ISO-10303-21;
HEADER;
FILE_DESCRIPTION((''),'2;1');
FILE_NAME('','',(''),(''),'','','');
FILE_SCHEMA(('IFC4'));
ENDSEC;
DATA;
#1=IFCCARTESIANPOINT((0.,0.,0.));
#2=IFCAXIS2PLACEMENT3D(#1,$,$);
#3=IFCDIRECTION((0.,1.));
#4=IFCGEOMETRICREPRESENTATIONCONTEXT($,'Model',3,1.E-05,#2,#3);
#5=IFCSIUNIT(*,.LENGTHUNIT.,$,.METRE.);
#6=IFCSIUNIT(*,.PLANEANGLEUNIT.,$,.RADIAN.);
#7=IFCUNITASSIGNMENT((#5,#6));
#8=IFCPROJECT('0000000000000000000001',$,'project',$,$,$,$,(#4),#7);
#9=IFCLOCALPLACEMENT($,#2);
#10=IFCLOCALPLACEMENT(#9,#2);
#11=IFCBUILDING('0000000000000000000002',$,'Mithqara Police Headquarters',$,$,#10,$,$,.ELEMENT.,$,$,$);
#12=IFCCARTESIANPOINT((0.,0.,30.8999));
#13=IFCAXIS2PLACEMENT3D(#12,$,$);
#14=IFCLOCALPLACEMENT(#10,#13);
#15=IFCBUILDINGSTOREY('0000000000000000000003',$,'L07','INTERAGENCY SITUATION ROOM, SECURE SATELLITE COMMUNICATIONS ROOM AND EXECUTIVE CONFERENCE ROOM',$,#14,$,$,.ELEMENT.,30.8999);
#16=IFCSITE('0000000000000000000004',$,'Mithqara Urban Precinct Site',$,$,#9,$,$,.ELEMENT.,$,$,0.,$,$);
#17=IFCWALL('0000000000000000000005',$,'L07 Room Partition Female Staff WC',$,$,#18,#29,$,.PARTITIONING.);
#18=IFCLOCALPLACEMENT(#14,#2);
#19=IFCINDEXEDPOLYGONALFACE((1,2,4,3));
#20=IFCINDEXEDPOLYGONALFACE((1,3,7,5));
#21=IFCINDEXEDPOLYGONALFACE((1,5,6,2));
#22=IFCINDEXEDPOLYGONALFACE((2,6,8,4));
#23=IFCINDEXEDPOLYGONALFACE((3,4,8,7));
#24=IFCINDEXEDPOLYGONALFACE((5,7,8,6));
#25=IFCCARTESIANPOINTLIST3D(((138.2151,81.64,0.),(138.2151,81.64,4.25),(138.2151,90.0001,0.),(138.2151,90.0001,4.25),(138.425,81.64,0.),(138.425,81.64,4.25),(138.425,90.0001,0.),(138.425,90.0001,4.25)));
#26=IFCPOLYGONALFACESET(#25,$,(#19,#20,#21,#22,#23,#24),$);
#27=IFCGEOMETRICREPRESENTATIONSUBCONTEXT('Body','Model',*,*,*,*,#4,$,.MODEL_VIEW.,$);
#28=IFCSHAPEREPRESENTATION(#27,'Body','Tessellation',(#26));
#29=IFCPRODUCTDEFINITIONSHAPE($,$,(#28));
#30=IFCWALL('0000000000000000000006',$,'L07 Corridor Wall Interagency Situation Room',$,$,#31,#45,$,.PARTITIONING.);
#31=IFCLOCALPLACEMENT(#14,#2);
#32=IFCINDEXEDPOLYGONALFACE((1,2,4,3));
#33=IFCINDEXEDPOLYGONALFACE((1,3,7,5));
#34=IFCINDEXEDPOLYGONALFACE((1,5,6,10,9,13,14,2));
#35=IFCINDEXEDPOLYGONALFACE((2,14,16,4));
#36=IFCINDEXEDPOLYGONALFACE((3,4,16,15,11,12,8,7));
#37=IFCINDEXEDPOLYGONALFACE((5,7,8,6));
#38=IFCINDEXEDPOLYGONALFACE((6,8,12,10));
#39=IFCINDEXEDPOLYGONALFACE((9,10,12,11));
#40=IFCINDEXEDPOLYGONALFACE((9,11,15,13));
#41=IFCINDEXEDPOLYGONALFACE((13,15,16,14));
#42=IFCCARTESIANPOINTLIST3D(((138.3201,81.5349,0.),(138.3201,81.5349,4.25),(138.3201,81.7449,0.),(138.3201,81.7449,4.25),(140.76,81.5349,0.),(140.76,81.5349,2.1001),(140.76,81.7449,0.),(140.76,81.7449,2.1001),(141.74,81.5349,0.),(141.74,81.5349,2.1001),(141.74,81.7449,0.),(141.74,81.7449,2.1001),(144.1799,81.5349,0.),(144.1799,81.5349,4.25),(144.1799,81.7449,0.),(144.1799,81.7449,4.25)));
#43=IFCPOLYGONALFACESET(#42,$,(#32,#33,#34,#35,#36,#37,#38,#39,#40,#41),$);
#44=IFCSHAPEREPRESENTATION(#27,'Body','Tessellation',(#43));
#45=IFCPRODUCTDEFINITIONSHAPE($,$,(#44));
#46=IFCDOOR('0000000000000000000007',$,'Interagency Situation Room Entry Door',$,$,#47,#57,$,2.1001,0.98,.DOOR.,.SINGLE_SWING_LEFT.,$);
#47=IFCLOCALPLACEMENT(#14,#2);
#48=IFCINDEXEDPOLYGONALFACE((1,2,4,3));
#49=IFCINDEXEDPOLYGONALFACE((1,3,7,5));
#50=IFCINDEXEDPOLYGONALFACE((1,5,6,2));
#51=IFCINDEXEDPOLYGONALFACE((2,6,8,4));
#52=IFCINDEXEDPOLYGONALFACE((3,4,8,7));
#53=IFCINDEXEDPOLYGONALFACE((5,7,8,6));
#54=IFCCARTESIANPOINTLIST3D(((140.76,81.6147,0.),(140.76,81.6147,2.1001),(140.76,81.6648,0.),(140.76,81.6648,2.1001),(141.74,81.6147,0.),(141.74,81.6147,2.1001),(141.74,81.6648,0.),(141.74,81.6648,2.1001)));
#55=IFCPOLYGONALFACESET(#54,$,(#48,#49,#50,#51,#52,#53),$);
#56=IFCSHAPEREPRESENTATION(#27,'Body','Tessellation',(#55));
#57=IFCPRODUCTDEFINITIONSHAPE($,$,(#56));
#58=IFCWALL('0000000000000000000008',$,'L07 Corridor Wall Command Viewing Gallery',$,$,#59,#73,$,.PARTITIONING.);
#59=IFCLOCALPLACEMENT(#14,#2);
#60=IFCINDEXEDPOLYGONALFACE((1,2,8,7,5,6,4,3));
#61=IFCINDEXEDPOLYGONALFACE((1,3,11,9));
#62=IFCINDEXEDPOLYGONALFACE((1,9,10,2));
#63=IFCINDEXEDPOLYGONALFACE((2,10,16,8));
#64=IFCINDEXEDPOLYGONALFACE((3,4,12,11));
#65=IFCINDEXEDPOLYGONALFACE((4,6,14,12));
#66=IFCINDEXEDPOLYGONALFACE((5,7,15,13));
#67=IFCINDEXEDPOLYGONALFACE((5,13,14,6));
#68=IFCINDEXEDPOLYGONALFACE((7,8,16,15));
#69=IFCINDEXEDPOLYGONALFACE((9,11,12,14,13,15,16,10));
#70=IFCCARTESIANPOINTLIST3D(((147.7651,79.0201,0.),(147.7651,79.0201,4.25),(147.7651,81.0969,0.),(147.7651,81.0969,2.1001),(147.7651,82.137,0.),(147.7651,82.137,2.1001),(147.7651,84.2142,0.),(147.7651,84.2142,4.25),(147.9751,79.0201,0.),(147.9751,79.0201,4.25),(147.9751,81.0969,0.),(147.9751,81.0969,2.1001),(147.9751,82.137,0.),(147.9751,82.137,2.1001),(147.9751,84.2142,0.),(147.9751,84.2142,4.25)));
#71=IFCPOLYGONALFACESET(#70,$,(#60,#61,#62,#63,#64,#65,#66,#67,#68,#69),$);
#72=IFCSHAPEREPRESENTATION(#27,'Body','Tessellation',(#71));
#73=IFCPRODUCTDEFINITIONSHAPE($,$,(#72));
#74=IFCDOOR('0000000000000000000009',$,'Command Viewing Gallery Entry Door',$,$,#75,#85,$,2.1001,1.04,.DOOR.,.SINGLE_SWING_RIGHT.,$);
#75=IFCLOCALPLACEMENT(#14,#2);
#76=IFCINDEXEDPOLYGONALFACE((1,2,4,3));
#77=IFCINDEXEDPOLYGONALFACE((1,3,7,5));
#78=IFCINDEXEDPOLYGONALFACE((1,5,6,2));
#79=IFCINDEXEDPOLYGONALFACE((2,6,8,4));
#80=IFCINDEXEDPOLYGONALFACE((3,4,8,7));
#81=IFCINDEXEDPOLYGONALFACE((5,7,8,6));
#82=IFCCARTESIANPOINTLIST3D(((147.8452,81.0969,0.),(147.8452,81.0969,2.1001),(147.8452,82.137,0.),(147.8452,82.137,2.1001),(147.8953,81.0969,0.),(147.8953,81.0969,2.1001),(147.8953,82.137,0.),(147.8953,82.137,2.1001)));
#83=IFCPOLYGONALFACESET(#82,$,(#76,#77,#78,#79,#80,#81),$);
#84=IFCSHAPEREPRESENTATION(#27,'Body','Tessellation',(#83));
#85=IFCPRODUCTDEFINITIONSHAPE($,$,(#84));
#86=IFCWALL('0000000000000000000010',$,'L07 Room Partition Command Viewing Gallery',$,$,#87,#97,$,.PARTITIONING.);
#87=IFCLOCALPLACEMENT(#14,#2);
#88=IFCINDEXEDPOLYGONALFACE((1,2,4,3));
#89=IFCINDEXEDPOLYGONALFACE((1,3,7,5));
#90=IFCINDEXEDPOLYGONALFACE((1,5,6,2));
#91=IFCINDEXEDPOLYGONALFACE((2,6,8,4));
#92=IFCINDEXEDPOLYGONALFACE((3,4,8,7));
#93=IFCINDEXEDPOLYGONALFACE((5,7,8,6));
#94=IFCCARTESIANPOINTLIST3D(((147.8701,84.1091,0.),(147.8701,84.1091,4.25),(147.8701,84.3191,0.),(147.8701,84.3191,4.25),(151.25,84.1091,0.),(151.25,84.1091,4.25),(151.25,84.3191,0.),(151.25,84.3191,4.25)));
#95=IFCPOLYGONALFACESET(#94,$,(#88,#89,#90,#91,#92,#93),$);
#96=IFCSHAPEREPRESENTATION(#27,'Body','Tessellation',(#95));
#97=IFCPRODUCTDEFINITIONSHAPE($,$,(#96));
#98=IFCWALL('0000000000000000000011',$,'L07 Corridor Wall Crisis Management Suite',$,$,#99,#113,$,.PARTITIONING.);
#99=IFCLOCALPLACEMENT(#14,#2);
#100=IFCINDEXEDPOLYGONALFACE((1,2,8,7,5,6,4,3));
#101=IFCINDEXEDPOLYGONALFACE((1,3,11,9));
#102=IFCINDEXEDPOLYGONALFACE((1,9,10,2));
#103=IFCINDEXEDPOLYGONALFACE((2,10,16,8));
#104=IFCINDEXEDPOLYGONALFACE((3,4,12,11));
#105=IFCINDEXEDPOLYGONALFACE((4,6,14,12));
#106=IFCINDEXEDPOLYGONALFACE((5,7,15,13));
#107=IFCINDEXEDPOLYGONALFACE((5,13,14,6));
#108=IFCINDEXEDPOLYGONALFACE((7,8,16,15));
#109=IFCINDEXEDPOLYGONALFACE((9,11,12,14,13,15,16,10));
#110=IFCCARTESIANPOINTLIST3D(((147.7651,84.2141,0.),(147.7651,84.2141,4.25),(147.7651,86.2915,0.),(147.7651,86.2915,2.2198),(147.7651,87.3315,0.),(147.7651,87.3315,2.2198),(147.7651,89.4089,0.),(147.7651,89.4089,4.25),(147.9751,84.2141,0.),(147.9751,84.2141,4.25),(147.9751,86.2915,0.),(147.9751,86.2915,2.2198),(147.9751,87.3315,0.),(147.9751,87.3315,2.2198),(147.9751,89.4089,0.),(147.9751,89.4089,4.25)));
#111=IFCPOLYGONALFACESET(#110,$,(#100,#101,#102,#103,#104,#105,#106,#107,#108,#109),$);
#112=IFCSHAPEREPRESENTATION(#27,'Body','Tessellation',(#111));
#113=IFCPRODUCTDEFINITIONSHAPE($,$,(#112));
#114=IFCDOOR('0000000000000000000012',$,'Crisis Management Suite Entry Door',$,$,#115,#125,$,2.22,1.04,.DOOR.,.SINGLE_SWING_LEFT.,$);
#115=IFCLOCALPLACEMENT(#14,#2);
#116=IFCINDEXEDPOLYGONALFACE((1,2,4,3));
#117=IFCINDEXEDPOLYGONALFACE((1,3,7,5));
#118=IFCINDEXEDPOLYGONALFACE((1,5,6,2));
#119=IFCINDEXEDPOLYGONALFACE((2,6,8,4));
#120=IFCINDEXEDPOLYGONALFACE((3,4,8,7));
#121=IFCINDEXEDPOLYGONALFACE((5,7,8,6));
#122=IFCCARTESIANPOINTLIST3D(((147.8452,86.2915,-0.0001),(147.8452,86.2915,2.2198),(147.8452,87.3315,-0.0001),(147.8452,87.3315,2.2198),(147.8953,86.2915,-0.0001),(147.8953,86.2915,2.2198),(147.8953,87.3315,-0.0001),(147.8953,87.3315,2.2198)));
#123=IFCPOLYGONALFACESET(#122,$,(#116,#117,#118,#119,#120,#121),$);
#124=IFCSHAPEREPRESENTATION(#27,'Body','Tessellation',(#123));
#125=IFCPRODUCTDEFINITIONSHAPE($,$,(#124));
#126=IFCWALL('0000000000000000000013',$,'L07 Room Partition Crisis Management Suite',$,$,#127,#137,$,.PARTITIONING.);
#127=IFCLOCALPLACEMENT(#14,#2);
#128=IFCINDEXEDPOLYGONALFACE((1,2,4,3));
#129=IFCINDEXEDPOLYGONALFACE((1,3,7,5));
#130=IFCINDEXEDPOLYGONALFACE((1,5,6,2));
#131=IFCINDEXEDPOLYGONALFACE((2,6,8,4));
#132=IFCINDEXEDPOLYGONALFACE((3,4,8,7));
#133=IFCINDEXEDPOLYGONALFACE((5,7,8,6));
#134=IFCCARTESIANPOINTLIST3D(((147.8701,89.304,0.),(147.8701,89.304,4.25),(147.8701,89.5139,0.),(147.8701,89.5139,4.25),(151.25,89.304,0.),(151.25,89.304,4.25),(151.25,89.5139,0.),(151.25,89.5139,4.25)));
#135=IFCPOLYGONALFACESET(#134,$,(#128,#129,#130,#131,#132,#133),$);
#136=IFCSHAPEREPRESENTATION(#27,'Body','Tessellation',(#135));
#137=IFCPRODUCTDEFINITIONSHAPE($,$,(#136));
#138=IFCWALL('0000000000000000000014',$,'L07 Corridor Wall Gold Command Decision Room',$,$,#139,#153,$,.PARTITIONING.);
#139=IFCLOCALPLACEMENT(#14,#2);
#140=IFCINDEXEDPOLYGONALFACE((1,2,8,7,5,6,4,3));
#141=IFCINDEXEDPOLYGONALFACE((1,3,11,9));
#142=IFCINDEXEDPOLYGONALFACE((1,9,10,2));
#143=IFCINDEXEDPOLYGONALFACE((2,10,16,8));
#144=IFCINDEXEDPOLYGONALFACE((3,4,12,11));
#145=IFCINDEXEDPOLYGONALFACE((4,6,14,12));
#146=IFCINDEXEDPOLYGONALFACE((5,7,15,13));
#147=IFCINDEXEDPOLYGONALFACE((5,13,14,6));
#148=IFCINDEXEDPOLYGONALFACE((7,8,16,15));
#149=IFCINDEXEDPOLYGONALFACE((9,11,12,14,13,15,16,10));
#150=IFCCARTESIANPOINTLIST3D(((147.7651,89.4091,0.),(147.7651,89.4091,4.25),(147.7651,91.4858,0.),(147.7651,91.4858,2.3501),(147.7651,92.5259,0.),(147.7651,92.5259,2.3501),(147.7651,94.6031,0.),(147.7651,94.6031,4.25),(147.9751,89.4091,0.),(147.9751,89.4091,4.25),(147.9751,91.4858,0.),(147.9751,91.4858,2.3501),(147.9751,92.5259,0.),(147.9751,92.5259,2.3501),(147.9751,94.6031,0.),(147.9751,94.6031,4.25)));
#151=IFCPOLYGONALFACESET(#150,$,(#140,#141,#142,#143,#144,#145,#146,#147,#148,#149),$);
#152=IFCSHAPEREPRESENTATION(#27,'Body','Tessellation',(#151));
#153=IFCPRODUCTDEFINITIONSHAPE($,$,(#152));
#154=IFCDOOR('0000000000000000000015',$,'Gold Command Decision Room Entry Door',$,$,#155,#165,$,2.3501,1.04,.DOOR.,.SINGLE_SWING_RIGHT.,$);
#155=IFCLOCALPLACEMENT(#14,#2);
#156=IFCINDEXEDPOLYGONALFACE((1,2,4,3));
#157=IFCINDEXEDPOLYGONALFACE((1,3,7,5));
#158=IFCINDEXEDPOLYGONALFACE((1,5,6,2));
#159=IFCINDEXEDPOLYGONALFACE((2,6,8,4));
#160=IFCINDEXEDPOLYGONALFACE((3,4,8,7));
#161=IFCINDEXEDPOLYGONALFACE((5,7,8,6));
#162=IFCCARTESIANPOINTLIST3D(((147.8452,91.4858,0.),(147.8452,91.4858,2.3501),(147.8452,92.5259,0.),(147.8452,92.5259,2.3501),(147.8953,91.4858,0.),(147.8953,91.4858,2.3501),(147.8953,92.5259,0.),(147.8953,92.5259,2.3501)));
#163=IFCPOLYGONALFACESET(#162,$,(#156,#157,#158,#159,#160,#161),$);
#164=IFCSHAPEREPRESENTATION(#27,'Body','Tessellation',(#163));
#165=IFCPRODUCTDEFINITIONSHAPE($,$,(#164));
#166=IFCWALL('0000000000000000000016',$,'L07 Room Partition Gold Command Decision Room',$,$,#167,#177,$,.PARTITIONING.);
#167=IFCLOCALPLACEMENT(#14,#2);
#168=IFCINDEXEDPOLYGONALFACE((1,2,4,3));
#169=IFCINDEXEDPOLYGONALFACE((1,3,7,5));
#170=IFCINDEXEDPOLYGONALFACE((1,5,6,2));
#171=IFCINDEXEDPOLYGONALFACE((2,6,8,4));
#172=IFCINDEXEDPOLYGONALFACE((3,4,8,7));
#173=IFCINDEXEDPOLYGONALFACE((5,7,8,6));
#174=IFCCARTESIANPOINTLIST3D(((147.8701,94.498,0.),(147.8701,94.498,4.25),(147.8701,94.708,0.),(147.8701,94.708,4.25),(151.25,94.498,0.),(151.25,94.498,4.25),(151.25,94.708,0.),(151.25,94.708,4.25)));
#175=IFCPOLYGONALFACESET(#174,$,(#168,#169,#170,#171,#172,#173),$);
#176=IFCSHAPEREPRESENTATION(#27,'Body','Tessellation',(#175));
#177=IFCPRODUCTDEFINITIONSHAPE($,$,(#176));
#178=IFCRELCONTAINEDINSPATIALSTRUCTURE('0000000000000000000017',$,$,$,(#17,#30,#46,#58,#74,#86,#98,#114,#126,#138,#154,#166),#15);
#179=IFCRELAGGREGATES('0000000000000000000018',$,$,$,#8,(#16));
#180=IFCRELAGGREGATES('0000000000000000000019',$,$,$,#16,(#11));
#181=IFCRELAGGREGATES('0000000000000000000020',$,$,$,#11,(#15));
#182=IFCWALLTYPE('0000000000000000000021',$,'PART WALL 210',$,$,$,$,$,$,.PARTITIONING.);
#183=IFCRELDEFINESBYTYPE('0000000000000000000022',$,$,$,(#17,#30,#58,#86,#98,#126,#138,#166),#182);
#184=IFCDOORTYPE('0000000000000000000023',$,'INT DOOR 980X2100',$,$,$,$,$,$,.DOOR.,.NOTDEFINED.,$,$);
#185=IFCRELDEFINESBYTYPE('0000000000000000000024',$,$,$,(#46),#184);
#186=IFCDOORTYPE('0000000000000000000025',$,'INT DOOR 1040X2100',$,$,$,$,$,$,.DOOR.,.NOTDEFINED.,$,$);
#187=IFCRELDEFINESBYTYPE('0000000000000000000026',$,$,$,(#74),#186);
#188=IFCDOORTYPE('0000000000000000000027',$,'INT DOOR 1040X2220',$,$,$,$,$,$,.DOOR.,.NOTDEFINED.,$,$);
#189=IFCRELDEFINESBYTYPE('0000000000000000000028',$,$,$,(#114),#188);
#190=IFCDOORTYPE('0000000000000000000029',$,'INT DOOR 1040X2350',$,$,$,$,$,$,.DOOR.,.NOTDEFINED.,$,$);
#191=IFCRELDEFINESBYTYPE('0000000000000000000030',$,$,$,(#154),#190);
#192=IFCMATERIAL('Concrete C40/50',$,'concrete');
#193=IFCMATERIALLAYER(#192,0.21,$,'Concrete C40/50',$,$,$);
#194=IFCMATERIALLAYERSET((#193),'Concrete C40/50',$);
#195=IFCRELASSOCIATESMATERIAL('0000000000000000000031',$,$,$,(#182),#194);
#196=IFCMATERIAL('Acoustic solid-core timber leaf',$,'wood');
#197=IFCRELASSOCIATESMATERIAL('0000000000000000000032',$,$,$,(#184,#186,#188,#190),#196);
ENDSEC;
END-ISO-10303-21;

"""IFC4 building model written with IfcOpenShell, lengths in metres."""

from ifc_helpers import new_model, si_unit, direction, frame, frame_2d, origin, place, context, subcontext, project, spatial, rectangle, extrude, material, layer, layer_set, type_object, element, fill, save


model = new_model("IFC4")

# Units and contexts
model_context = context("Model", 3, precision=1e-05, world=origin(), true_north=direction((0.0, 1.0)))
body_context = subcontext(model_context, "Body", "Model", "MODEL_VIEW")
ifc_project = project(units=[si_unit("LENGTHUNIT", "METRE"), si_unit("PLANEANGLEUNIT", "RADIAN")], contexts=[model_context])

# Site, building, storey
site_placement = place(None, origin())
site = spatial("IfcSite", under=ifc_project, at=site_placement, Name="Mithqara Urban Precinct Site", CompositionType="ELEMENT", RefElevation=0.0)
building_placement = place(site_placement, origin())
building = spatial("IfcBuilding", under=site, at=building_placement, Name="Mithqara Police Headquarters", CompositionType="ELEMENT")
storey_placement = place(building_placement, frame((0.0, 0.0, 30.8999)))
storey = spatial("IfcBuildingStorey", under=building, at=storey_placement, Name="L07", Description="INTERAGENCY SITUATION ROOM, SECURE SATELLITE COMMUNICATIONS ROOM AND EXECUTIVE CONFERENCE ROOM", CompositionType="ELEMENT", Elevation=30.8999)

# Wall
ifc_material_1 = material(Name="Concrete C40/50", Category="concrete")
ifc_layer_1 = layer(ifc_material_1, 0.21, Name="Concrete C40/50")
ifc_layer_set_1 = layer_set([ifc_layer_1], Name="Concrete C40/50")
wall_type_1 = type_object("IfcWallType", Name="PART WALL 210", PredefinedType="PARTITIONING", material=ifc_layer_set_1)
wall_1_placement = place(storey_placement, frame((138.3201, 81.6399, 0.0), z_axis=(0.0, 0.0, 1.0), x_axis=(0.0, 1.0, 0.0)))
element("IfcWall", 1, at=wall_1_placement, inside=storey, type_object=wall_type_1, Name="L07 Room Partition Female Staff WC", PredefinedType="PARTITIONING", context=body_context, shape_type="SweptSolid", body=[
    extrude(rectangle(XDim=8.3601, YDim=0.21, at=frame_2d((4.1802, 0.0))), origin(), (0.0, 0.0, 1.0), 4.25),
])

# Walls, openings, doors
wall_2_placement = place(storey_placement, frame((138.3201, 81.6399, 0.0), z_axis=(0.0, 0.0, 1.0), x_axis=(1.0, 0.0, 0.0)))
wall_2 = element("IfcWall", 2, at=wall_2_placement, inside=storey, type_object=wall_type_1, Name="L07 Corridor Wall Interagency Situation Room", PredefinedType="PARTITIONING", context=body_context, shape_type="SweptSolid", body=[
    extrude(rectangle(XDim=5.8599, YDim=0.21, at=frame_2d((2.9299, 0.0))), origin(), (0.0, 0.0, 1.0), 4.25),
])
opening_1_placement = place(wall_2_placement, frame((2.4399, 0.0, 0.0)))
opening_1 = element("IfcOpeningElement", 3, at=opening_1_placement, cuts=wall_2, PredefinedType="OPENING", context=body_context, shape_type="SweptSolid", body=[
    extrude(rectangle(XDim=0.98, YDim=2.1001, at=frame_2d((0.49, 1.05))), frame((0.0, 0.115, 0.0), z_axis=(0.0, -1.0, 0.0), x_axis=(1.0, 0.0, 0.0)), (0.0, 0.0, 1.0), 0.23),
])
ifc_material_2 = material(Name="Acoustic solid-core timber leaf", Category="wood")
door_type_1 = type_object("IfcDoorType", Name="INT DOOR 980X2100", OperationType="NOTDEFINED", PredefinedType="DOOR", material=ifc_material_2)
door_1_placement = place(opening_1_placement, origin())
door_1 = element("IfcDoor", 4, at=door_1_placement, inside=storey, type_object=door_type_1, Name="Interagency Situation Room Entry Door", OperationType="SINGLE_SWING_LEFT", OverallHeight=2.1001, OverallWidth=0.98, PredefinedType="DOOR", context=body_context, shape_type="SweptSolid", body=[
    extrude(rectangle(XDim=0.98, YDim=2.1001, at=frame_2d((0.49, 1.05))), frame((0.0, 0.0249, 0.0), z_axis=(0.0, -1.0, 0.0), x_axis=(1.0, 0.0, 0.0)), (0.0, 0.0, 1.0), 0.05),
])
fill(opening_1, door_1)
wall_3_placement = place(storey_placement, frame((147.8701, 79.02, 0.0), z_axis=(0.0, 0.0, 1.0), x_axis=(0.0, 1.0, 0.0)))
wall_3 = element("IfcWall", 5, at=wall_3_placement, inside=storey, type_object=wall_type_1, Name="L07 Corridor Wall Command Viewing Gallery", PredefinedType="PARTITIONING", context=body_context, shape_type="SweptSolid", body=[
    extrude(rectangle(XDim=5.1941, YDim=0.21, at=frame_2d((2.5972, 0.0))), origin(), (0.0, 0.0, 1.0), 4.25),
])
opening_2_placement = place(wall_3_placement, frame((2.0769, 0.0, 0.0)))
opening_2 = element("IfcOpeningElement", 6, at=opening_2_placement, cuts=wall_3, PredefinedType="OPENING", context=body_context, shape_type="SweptSolid", body=[
    extrude(rectangle(XDim=1.04, YDim=2.1001, at=frame_2d((0.52, 1.05))), frame((0.0, 0.115, 0.0), z_axis=(0.0, -1.0, 0.0), x_axis=(1.0, 0.0, 0.0)), (0.0, 0.0, 1.0), 0.23),
])
door_type_2 = type_object("IfcDoorType", Name="INT DOOR 1040X2100", OperationType="NOTDEFINED", PredefinedType="DOOR", material=ifc_material_2)
door_2_placement = place(opening_2_placement, origin())
door_2 = element("IfcDoor", 7, at=door_2_placement, inside=storey, type_object=door_type_2, Name="Command Viewing Gallery Entry Door", OperationType="SINGLE_SWING_RIGHT", OverallHeight=2.1001, OverallWidth=1.04, PredefinedType="DOOR", context=body_context, shape_type="SweptSolid", body=[
    extrude(rectangle(XDim=1.04, YDim=2.1001, at=frame_2d((0.52, 1.05))), frame((0.0, 0.0249, 0.0), z_axis=(0.0, -1.0, 0.0), x_axis=(1.0, 0.0, 0.0)), (0.0, 0.0, 1.0), 0.05),
])
fill(opening_2, door_2)

# Wall
wall_4_placement = place(storey_placement, frame((147.8701, 84.2141, 0.0), z_axis=(0.0, 0.0, 1.0), x_axis=(1.0, 0.0, 0.0)))
element("IfcWall", 8, at=wall_4_placement, inside=storey, type_object=wall_type_1, Name="L07 Room Partition Command Viewing Gallery", PredefinedType="PARTITIONING", context=body_context, shape_type="SweptSolid", body=[
    extrude(rectangle(XDim=3.3799, YDim=0.21, at=frame_2d((1.6899, 0.0))), origin(), (0.0, 0.0, 1.0), 4.25),
])

# Wall, opening, door
wall_5_placement = place(storey_placement, frame((147.8701, 84.2141, 0.0), z_axis=(0.0, 0.0, 1.0), x_axis=(0.0, 1.0, 0.0)))
wall_5 = element("IfcWall", 9, at=wall_5_placement, inside=storey, type_object=wall_type_1, Name="L07 Corridor Wall Crisis Management Suite", PredefinedType="PARTITIONING", context=body_context, shape_type="SweptSolid", body=[
    extrude(rectangle(XDim=5.1948, YDim=0.21, at=frame_2d((2.5974, 0.0))), origin(), (0.0, 0.0, 1.0), 4.25),
])
opening_3_placement = place(wall_5_placement, frame((2.0774, 0.0, 0.0)))
opening_3 = element("IfcOpeningElement", 10, at=opening_3_placement, cuts=wall_5, PredefinedType="OPENING", context=body_context, shape_type="SweptSolid", body=[
    extrude(rectangle(XDim=1.04, YDim=2.22, at=frame_2d((0.52, 1.1099))), frame((0.0, 0.115, 0.0), z_axis=(0.0, -1.0, 0.0), x_axis=(1.0, 0.0, 0.0)), (0.0, 0.0, 1.0), 0.23),
])
door_type_3 = type_object("IfcDoorType", Name="INT DOOR 1040X2220", OperationType="NOTDEFINED", PredefinedType="DOOR", material=ifc_material_2)
door_3_placement = place(opening_3_placement, origin())
door_3 = element("IfcDoor", 11, at=door_3_placement, inside=storey, type_object=door_type_3, Name="Crisis Management Suite Entry Door", OperationType="SINGLE_SWING_LEFT", OverallHeight=2.22, OverallWidth=1.04, PredefinedType="DOOR", context=body_context, shape_type="SweptSolid", body=[
    extrude(rectangle(XDim=1.04, YDim=2.22, at=frame_2d((0.52, 1.1099))), frame((0.0, 0.0249, 0.0), z_axis=(0.0, -1.0, 0.0), x_axis=(1.0, 0.0, 0.0)), (0.0, 0.0, 1.0), 0.05),
])
fill(opening_3, door_3)

# Wall
wall_6_placement = place(storey_placement, frame((147.8701, 89.4089, 0.0), z_axis=(0.0, 0.0, 1.0), x_axis=(1.0, 0.0, 0.0)))
element("IfcWall", 12, at=wall_6_placement, inside=storey, type_object=wall_type_1, Name="L07 Room Partition Crisis Management Suite", PredefinedType="PARTITIONING", context=body_context, shape_type="SweptSolid", body=[
    extrude(rectangle(XDim=3.3799, YDim=0.21, at=frame_2d((1.6899, 0.0))), origin(), (0.0, 0.0, 1.0), 4.25),
])

# Wall, opening, door
wall_7_placement = place(storey_placement, frame((147.8701, 89.4089, 0.0), z_axis=(0.0, 0.0, 1.0), x_axis=(0.0, 1.0, 0.0)))
wall_7 = element("IfcWall", 13, at=wall_7_placement, inside=storey, type_object=wall_type_1, Name="L07 Corridor Wall Gold Command Decision Room", PredefinedType="PARTITIONING", context=body_context, shape_type="SweptSolid", body=[
    extrude(rectangle(XDim=5.1941, YDim=0.21, at=frame_2d((2.5972, 0.0))), origin(), (0.0, 0.0, 1.0), 4.25),
])
opening_4_placement = place(wall_7_placement, frame((2.0769, 0.0, 0.0)))
opening_4 = element("IfcOpeningElement", 14, at=opening_4_placement, cuts=wall_7, PredefinedType="OPENING", context=body_context, shape_type="SweptSolid", body=[
    extrude(rectangle(XDim=1.04, YDim=2.3501, at=frame_2d((0.52, 1.175))), frame((0.0, 0.115, 0.0), z_axis=(0.0, -1.0, 0.0), x_axis=(1.0, 0.0, 0.0)), (0.0, 0.0, 1.0), 0.23),
])
door_type_4 = type_object("IfcDoorType", Name="INT DOOR 1040X2350", OperationType="NOTDEFINED", PredefinedType="DOOR", material=ifc_material_2)
door_4_placement = place(opening_4_placement, origin())
door_4 = element("IfcDoor", 15, at=door_4_placement, inside=storey, type_object=door_type_4, Name="Gold Command Decision Room Entry Door", OperationType="SINGLE_SWING_RIGHT", OverallHeight=2.3501, OverallWidth=1.04, PredefinedType="DOOR", context=body_context, shape_type="SweptSolid", body=[
    extrude(rectangle(XDim=1.04, YDim=2.3501, at=frame_2d((0.52, 1.175))), frame((0.0, 0.0249, 0.0), z_axis=(0.0, -1.0, 0.0), x_axis=(1.0, 0.0, 0.0)), (0.0, 0.0, 1.0), 0.05),
])
fill(opening_4, door_4)

# Wall
wall_8_placement = place(storey_placement, frame((147.8701, 94.603, 0.0), z_axis=(0.0, 0.0, 1.0), x_axis=(1.0, 0.0, 0.0)))
element("IfcWall", 16, at=wall_8_placement, inside=storey, type_object=wall_type_1, Name="L07 Room Partition Gold Command Decision Room", PredefinedType="PARTITIONING", context=body_context, shape_type="SweptSolid", body=[
    extrude(rectangle(XDim=3.3799, YDim=0.21, at=frame_2d((1.6899, 0.0))), origin(), (0.0, 0.0, 1.0), 4.25),
])

save(model, "model.ifc")
